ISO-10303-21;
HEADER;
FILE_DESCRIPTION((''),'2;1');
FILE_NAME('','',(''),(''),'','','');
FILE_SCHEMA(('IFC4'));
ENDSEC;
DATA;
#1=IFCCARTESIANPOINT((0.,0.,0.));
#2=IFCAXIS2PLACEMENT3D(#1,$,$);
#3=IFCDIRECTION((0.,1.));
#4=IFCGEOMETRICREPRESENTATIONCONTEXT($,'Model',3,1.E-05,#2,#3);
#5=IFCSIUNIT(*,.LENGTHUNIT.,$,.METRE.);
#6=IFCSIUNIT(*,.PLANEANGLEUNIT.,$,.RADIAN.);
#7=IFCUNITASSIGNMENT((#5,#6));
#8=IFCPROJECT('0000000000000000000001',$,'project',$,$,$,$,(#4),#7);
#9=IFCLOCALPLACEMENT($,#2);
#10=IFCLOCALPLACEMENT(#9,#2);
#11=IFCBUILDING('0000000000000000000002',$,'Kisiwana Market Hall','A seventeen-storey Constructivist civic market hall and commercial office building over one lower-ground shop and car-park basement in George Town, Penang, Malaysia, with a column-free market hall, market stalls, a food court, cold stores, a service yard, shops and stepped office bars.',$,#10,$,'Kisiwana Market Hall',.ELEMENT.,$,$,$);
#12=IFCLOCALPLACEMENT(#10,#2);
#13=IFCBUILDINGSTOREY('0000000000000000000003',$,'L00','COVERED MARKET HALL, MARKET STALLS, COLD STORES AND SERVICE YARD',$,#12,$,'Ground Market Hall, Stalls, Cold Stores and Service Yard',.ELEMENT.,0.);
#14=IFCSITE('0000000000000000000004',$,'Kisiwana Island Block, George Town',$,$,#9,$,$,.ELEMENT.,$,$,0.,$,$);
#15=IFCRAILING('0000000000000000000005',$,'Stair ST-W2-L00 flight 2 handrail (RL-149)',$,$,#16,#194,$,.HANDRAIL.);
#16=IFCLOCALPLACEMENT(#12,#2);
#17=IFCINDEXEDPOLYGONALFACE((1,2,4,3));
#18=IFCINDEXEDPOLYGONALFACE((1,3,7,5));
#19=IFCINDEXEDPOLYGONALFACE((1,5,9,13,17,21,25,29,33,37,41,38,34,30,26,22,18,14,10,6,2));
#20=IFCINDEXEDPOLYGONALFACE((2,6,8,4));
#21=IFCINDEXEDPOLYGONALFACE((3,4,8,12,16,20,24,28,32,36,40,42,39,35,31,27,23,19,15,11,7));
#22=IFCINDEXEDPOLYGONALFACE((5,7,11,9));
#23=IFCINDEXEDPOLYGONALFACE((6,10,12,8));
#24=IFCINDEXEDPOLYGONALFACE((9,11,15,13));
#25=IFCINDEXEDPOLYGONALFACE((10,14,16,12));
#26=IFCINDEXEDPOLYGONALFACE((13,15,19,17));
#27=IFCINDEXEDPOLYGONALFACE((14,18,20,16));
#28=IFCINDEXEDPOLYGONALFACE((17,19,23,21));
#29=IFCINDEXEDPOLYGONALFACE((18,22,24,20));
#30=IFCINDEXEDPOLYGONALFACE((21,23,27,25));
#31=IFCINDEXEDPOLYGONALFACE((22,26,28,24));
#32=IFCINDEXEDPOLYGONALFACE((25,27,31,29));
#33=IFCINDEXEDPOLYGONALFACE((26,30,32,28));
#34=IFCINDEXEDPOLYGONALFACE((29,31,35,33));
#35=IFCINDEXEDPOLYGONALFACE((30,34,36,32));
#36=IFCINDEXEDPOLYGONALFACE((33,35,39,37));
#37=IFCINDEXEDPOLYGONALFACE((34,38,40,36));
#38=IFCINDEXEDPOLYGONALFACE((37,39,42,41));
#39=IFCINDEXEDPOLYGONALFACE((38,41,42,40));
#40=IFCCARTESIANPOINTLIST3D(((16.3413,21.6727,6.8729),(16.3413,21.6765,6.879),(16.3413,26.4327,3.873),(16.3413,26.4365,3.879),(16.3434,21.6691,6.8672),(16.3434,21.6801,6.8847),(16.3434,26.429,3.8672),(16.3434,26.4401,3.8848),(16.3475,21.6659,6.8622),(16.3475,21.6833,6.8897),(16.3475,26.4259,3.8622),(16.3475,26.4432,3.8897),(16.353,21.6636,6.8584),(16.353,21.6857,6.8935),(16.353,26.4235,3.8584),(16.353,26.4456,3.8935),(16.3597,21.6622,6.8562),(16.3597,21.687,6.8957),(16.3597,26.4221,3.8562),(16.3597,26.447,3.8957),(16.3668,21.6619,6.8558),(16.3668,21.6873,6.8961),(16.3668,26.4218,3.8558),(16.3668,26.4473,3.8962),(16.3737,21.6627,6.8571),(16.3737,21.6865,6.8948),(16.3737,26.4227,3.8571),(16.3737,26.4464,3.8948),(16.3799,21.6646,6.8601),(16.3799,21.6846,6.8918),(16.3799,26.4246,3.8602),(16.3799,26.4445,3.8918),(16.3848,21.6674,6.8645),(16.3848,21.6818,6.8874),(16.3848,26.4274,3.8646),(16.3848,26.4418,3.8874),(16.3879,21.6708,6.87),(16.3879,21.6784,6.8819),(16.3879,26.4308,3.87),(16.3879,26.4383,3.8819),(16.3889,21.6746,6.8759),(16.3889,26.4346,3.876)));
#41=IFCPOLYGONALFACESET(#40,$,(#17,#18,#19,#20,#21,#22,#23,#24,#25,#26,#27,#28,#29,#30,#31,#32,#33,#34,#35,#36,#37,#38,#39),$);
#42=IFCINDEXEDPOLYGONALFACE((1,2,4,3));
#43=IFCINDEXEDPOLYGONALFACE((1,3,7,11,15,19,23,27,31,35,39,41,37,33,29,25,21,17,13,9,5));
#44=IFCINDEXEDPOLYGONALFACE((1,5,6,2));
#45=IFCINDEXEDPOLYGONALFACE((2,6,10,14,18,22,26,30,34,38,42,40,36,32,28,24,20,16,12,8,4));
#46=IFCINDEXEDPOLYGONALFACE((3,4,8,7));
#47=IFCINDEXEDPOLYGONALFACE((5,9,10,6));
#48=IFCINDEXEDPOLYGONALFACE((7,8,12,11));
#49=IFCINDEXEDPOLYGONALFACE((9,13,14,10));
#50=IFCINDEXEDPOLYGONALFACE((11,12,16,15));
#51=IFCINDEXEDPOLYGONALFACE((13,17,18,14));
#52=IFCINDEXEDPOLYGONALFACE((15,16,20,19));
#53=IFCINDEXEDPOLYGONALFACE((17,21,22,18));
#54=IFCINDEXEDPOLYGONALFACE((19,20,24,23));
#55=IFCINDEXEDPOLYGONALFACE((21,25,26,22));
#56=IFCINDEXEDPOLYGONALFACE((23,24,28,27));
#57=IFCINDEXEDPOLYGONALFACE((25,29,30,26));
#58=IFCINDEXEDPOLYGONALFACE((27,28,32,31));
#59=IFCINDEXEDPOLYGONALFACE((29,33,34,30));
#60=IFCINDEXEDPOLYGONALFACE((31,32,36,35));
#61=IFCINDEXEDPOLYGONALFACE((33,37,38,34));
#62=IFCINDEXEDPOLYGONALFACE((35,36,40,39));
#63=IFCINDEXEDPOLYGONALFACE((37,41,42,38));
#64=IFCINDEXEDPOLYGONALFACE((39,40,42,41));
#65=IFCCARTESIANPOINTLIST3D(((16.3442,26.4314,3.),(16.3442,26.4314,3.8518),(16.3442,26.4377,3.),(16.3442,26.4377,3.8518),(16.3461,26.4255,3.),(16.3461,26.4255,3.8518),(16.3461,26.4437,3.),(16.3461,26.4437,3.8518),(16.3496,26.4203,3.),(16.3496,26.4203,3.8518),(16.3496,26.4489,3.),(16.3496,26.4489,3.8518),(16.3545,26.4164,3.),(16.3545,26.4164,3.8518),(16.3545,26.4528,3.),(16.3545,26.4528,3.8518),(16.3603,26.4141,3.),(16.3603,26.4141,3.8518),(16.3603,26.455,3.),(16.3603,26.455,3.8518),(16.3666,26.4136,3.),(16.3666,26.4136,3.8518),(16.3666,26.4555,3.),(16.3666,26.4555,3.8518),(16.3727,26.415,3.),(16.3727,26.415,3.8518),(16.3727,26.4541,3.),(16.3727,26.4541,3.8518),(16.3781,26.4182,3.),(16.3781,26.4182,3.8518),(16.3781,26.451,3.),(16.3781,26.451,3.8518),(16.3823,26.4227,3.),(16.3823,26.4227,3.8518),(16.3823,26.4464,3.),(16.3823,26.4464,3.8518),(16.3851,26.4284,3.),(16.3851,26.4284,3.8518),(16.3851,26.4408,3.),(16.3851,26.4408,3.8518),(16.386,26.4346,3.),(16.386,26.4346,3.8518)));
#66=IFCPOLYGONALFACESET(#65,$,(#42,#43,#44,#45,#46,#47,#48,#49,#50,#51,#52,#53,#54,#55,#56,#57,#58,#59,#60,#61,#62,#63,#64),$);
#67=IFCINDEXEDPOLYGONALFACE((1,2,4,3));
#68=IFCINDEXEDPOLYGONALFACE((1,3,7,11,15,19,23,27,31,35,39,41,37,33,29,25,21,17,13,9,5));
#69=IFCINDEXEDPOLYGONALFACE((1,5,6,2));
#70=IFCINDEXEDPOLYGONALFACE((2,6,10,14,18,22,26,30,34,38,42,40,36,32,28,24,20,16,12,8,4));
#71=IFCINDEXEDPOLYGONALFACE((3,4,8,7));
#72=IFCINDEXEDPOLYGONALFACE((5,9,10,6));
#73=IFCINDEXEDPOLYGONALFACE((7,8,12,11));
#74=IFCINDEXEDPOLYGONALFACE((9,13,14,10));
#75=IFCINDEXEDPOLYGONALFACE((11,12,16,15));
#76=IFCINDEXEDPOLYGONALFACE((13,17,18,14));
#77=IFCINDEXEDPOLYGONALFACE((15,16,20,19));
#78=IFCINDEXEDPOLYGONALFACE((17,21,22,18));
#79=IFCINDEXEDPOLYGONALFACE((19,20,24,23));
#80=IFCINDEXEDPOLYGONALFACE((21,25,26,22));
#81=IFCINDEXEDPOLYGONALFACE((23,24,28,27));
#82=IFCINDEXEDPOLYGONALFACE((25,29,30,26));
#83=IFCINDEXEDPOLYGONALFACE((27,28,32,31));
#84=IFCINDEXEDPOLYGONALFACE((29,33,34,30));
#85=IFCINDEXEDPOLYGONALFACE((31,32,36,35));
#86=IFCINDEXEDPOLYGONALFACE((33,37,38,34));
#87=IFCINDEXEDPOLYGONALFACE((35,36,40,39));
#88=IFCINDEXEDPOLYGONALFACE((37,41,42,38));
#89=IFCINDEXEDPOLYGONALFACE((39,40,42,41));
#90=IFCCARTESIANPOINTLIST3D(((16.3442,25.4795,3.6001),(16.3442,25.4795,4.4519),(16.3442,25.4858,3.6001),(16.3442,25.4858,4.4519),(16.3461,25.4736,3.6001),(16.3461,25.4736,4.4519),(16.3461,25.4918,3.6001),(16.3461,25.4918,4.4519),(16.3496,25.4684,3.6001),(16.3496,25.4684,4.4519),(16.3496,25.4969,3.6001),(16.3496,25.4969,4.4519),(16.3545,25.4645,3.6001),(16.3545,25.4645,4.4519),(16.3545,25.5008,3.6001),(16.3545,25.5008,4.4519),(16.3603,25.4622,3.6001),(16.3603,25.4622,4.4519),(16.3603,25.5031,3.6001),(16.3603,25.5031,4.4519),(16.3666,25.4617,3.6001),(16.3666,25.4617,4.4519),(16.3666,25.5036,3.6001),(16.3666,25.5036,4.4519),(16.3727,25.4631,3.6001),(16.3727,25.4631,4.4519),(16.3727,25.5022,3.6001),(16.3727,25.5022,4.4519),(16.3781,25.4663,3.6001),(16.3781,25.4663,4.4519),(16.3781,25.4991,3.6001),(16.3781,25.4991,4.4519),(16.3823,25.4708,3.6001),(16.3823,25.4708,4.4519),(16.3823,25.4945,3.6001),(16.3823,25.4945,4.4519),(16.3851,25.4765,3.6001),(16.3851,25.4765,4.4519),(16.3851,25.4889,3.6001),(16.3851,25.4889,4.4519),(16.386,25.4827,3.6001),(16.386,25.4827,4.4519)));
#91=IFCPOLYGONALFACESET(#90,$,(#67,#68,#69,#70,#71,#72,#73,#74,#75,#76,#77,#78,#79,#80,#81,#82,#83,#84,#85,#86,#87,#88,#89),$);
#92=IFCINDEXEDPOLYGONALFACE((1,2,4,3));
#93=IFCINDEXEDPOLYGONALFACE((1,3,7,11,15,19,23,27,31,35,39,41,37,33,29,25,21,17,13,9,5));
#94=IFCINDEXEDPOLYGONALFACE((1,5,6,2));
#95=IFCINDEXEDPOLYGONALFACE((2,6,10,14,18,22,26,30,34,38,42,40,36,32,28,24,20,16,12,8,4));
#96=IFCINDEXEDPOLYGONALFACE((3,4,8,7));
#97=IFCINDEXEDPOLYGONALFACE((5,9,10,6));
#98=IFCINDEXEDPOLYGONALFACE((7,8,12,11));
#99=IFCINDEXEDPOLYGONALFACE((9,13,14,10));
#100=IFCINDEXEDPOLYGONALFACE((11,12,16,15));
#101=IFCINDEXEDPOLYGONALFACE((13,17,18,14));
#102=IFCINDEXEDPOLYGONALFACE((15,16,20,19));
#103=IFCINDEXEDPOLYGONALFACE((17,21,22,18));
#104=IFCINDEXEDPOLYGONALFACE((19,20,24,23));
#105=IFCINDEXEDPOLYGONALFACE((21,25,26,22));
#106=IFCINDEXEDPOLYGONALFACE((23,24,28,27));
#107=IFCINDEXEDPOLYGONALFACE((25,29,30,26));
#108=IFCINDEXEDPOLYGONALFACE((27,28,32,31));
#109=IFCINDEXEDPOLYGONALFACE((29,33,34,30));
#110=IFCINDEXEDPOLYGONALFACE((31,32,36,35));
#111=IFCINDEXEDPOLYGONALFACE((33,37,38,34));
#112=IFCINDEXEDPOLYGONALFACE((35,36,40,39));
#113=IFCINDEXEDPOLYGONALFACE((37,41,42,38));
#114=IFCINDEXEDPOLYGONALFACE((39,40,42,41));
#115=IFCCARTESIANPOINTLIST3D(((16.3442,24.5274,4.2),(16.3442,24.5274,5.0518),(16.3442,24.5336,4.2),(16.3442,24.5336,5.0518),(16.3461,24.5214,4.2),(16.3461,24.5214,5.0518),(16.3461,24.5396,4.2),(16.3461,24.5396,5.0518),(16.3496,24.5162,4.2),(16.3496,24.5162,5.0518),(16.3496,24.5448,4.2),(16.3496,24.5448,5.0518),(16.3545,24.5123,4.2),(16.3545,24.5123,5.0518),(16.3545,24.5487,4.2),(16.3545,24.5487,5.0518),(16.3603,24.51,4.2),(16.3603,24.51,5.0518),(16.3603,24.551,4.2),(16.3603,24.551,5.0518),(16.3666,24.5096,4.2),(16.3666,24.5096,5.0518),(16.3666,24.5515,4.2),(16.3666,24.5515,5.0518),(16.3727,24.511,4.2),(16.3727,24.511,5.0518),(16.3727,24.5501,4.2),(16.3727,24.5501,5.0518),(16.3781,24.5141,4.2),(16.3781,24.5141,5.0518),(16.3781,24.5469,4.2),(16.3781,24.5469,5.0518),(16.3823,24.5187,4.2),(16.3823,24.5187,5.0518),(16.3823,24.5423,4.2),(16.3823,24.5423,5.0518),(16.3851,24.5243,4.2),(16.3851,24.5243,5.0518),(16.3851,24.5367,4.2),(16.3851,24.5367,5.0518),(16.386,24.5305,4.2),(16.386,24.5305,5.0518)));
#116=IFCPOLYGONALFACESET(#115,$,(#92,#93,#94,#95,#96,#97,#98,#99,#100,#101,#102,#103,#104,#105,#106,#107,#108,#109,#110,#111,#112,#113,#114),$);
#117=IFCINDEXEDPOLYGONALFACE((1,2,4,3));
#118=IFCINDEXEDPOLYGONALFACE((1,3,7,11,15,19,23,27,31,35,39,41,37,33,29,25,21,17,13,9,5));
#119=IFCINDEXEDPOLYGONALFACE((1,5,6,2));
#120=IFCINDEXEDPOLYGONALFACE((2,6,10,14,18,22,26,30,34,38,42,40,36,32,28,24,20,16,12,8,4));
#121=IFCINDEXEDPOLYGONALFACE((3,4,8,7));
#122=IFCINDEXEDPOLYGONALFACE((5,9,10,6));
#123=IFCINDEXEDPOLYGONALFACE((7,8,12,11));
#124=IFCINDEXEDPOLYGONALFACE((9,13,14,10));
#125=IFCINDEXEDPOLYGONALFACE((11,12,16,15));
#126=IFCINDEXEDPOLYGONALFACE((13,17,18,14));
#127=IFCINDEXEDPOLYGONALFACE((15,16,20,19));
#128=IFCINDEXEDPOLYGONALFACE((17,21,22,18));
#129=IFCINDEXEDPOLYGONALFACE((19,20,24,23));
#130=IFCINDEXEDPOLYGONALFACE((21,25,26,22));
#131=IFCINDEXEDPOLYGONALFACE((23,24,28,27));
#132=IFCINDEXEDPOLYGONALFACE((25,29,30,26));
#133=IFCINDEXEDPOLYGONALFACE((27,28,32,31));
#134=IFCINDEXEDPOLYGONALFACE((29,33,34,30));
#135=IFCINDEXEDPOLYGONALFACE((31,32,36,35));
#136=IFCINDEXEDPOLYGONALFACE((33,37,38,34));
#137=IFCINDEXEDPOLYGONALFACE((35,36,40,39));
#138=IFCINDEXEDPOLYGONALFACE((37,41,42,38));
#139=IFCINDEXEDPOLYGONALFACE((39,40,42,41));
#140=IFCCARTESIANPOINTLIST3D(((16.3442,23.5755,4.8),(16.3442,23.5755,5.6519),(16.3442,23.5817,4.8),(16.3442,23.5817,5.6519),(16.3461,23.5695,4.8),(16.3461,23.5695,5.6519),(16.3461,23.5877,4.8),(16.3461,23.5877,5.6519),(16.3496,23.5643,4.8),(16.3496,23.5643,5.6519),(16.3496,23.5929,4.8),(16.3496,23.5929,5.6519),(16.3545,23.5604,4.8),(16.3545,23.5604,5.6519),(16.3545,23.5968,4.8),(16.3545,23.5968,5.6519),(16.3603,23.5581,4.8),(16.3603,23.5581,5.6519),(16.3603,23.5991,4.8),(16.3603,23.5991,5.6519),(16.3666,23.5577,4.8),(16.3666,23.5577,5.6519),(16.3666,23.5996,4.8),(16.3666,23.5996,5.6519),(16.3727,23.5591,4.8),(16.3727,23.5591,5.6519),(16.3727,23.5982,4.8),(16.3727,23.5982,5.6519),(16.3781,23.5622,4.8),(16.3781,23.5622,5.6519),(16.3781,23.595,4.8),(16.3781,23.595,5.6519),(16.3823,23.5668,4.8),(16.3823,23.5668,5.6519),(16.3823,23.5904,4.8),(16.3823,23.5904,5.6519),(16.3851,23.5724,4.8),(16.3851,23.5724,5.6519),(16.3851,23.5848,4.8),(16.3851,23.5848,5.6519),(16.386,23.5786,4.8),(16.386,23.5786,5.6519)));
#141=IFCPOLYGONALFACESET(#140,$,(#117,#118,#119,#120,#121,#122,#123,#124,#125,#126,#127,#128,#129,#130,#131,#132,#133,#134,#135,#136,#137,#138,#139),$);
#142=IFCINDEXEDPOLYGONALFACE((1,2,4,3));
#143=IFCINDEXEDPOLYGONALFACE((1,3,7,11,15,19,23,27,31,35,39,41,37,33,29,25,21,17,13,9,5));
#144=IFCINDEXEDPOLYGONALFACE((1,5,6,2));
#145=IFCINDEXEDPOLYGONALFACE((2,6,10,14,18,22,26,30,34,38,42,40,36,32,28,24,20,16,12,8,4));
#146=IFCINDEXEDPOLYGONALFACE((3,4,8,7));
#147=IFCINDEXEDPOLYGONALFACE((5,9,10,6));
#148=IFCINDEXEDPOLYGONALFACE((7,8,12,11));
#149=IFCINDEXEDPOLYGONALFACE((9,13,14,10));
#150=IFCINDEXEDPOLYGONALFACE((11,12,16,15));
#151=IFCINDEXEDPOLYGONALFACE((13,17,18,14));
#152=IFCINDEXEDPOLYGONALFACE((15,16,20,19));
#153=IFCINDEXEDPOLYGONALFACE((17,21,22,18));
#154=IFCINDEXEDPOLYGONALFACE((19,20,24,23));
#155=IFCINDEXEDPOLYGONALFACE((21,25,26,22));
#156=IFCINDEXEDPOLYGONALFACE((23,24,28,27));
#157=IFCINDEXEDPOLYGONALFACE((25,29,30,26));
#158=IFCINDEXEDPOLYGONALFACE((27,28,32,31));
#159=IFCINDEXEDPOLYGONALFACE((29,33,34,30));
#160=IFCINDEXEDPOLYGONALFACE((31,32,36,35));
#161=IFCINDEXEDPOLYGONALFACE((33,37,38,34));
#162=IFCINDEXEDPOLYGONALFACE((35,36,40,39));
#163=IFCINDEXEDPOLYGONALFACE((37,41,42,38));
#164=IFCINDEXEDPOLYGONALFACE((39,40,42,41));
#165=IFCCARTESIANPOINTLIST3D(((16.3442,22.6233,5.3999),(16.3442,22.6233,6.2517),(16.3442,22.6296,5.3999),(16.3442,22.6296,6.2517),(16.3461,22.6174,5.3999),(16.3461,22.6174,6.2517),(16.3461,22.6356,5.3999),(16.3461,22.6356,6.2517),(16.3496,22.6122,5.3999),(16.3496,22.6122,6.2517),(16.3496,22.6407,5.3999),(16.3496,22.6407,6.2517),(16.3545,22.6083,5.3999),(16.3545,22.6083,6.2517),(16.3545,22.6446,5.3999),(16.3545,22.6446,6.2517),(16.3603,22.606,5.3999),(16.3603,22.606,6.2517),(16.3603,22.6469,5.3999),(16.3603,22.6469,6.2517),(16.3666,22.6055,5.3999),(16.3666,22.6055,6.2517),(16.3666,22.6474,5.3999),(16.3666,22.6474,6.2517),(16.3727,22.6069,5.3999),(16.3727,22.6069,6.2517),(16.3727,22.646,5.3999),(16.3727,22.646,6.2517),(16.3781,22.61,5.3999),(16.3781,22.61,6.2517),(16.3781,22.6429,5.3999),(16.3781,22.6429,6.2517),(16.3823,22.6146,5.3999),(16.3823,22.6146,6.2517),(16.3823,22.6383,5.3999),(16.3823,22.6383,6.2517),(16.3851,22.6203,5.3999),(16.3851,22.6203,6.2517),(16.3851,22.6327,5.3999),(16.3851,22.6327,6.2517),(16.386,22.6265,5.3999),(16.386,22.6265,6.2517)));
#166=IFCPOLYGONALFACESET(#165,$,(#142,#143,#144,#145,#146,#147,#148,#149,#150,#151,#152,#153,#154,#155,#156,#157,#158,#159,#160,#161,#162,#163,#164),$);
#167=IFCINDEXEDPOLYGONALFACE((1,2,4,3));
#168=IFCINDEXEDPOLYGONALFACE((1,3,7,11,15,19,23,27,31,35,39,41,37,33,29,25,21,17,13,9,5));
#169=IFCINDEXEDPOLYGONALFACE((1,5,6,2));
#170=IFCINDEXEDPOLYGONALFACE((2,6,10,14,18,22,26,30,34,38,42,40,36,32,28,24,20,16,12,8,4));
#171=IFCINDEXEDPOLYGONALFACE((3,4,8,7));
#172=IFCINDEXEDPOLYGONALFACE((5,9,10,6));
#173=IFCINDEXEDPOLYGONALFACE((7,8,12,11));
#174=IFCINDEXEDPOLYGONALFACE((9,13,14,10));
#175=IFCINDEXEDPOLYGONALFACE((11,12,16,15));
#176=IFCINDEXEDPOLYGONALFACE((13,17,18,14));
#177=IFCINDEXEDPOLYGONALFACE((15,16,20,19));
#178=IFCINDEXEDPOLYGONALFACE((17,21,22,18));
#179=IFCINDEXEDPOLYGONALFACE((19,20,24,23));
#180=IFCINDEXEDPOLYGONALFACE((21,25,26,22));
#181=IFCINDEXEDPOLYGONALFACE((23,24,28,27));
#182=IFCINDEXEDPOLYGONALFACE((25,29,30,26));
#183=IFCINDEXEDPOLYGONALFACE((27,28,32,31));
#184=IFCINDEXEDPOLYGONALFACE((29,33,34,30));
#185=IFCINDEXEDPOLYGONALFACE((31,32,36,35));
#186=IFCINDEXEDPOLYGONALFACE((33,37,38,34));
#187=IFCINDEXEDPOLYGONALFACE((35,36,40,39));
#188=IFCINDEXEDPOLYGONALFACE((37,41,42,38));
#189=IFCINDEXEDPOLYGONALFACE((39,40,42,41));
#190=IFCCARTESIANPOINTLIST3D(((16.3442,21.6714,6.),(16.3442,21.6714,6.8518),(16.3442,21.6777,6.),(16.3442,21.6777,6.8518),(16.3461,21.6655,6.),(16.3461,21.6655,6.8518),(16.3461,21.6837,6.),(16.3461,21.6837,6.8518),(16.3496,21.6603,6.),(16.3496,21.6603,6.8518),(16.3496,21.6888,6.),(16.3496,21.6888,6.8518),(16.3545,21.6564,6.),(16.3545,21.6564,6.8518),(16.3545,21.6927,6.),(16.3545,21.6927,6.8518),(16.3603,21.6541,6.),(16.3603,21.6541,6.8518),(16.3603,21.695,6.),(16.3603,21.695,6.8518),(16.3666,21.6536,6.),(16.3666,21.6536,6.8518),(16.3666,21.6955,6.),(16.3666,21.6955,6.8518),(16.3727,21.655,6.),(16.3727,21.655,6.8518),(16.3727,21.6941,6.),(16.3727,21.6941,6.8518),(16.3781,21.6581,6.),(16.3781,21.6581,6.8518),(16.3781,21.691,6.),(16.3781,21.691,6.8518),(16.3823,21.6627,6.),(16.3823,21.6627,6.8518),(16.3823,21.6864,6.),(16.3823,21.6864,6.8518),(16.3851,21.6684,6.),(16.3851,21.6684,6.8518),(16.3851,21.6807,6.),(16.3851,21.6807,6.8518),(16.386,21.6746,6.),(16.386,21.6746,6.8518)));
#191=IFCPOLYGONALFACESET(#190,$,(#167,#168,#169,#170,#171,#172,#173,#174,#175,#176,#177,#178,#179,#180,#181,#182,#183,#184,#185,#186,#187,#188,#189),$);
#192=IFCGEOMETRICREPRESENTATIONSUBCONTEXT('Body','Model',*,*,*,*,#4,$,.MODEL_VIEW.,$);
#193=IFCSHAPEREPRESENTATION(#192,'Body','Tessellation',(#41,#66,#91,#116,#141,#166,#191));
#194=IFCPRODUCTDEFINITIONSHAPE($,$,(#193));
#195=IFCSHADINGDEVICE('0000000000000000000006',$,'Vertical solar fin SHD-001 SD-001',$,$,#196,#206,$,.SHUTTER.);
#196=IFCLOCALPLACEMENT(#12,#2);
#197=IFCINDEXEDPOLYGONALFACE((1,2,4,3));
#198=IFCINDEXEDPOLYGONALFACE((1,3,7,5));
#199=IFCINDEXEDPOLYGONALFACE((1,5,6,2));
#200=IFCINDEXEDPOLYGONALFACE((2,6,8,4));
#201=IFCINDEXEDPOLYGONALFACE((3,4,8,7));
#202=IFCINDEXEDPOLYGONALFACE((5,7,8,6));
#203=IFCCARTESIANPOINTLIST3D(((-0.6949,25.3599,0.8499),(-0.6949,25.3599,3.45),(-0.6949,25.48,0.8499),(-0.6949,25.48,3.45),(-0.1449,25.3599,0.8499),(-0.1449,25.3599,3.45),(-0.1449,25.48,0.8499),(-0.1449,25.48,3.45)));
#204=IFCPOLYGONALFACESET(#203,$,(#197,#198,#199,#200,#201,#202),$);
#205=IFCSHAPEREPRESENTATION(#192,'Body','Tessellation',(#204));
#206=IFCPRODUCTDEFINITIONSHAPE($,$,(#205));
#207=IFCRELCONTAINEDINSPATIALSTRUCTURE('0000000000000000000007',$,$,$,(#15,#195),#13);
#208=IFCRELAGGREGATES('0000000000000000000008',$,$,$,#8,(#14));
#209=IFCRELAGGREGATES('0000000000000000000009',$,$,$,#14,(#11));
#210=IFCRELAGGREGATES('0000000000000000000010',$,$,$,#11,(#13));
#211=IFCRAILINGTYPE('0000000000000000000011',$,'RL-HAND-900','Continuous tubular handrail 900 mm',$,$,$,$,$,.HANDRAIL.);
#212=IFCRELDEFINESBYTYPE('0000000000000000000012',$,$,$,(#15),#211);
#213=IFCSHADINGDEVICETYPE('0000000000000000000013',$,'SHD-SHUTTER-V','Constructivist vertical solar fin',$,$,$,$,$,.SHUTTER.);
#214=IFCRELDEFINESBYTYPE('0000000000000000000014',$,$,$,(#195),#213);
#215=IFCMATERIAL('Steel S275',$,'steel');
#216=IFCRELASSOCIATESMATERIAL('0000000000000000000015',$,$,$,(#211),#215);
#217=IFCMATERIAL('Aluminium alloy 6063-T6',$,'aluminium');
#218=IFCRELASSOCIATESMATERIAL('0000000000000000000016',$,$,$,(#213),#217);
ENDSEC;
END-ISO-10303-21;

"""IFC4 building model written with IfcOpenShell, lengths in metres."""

from ifc_helpers import new_model, si_unit, direction, frame, origin, origin_2d, place, context, subcontext, project, spatial, rectangle, circle, extrude, material, type_object, element, save


model = new_model("IFC4")

# Units and contexts
model_context = context("Model", 3, precision=1e-05, world=origin(), true_north=direction((0.0, 1.0)))
body_context = subcontext(model_context, "Body", "Model", "MODEL_VIEW")
ifc_project = project(units=[si_unit("LENGTHUNIT", "METRE"), si_unit("PLANEANGLEUNIT", "RADIAN")], contexts=[model_context])

# Site, building, storey
site_placement = place(None, origin())
site = spatial("IfcSite", under=ifc_project, at=site_placement, Name="Kisiwana Island Block, George Town", CompositionType="ELEMENT", RefElevation=0.0)
building_placement = place(site_placement, origin())
building = spatial("IfcBuilding", under=site, at=building_placement, Name="Kisiwana Market Hall", Description="A seventeen-storey Constructivist civic market hall and commercial office building over one lower-ground shop and car-park basement in George Town, Penang, Malaysia, with a column-free market hall, market stalls, a food court, cold stores, a service yard, shops and stepped office bars.", LongName="Kisiwana Market Hall", CompositionType="ELEMENT")
storey_placement = place(building_placement, origin())
storey = spatial("IfcBuildingStorey", under=building, at=storey_placement, Name="L00", Description="COVERED MARKET HALL, MARKET STALLS, COLD STORES AND SERVICE YARD", LongName="Ground Market Hall, Stalls, Cold Stores and Service Yard", CompositionType="ELEMENT", Elevation=0.0)

# Railing
ifc_material_1 = material(Name="Steel S275", Category="steel")
railing_type_1 = type_object("IfcRailingType", Name="RL-HAND-900", Description="Continuous tubular handrail 900 mm", PredefinedType="HANDRAIL", material=ifc_material_1)
railing_1_placement = place(storey_placement, frame((16.365, 26.4346, 3.0)))
element("IfcRailing", 1, at=railing_1_placement, inside=storey, type_object=railing_type_1, Name="Stair ST-W2-L00 flight 2 handrail (RL-149)", PredefinedType="HANDRAIL", context=body_context, shape_type="SweptSolid", body=[
    extrude(circle(Radius=0.0239, at=origin_2d()), frame((0.0, 0.0, 0.876), z_axis=(0.0, -0.845996, 0.53319), x_axis=(1.0, 0.0, 0.0)), (0.0, 0.0, 1.0), 5.6265),
    extrude(circle(Radius=0.021, at=origin_2d()), origin(), (0.0, 0.0, 1.0), 0.8518),
    extrude(circle(Radius=0.021, at=origin_2d()), frame((0.0, -0.9519, 0.6001)), (0.0, 0.0, 1.0), 0.8518),
    extrude(circle(Radius=0.021, at=origin_2d()), frame((0.0, -1.9041, 1.2)), (0.0, 0.0, 1.0), 0.8518),
    extrude(circle(Radius=0.021, at=origin_2d()), frame((0.0, -2.856, 1.8)), (0.0, 0.0, 1.0), 0.8518),
    extrude(circle(Radius=0.021, at=origin_2d()), frame((0.0, -3.8081, 2.3999)), (0.0, 0.0, 1.0), 0.8518),
    extrude(circle(Radius=0.021, at=origin_2d()), frame((0.0, -4.76, 3.0)), (0.0, 0.0, 1.0), 0.8518),
])

# Shading device
ifc_material_2 = material(Name="Aluminium alloy 6063-T6", Category="aluminium")
shading_device_type = type_object("IfcShadingDeviceType", Name="SHD-SHUTTER-V", Description="Constructivist vertical solar fin", PredefinedType="SHUTTER", material=ifc_material_2)
shading_device_placement = place(storey_placement, frame((-0.4199, 25.4199, 0.8499), z_axis=(0.0, 0.0, 1.0), x_axis=(0.0, 1.0, 0.0)))
element("IfcShadingDevice", 2, at=shading_device_placement, inside=storey, type_object=shading_device_type, Name="Vertical solar fin SHD-001 SD-001", PredefinedType="SHUTTER", context=body_context, shape_type="SweptSolid", body=[
    extrude(rectangle(XDim=0.1201, YDim=0.55, at=origin_2d()), origin(), (0.0, 0.0, 1.0), 2.6001),
])

save(model, "model.ifc")
